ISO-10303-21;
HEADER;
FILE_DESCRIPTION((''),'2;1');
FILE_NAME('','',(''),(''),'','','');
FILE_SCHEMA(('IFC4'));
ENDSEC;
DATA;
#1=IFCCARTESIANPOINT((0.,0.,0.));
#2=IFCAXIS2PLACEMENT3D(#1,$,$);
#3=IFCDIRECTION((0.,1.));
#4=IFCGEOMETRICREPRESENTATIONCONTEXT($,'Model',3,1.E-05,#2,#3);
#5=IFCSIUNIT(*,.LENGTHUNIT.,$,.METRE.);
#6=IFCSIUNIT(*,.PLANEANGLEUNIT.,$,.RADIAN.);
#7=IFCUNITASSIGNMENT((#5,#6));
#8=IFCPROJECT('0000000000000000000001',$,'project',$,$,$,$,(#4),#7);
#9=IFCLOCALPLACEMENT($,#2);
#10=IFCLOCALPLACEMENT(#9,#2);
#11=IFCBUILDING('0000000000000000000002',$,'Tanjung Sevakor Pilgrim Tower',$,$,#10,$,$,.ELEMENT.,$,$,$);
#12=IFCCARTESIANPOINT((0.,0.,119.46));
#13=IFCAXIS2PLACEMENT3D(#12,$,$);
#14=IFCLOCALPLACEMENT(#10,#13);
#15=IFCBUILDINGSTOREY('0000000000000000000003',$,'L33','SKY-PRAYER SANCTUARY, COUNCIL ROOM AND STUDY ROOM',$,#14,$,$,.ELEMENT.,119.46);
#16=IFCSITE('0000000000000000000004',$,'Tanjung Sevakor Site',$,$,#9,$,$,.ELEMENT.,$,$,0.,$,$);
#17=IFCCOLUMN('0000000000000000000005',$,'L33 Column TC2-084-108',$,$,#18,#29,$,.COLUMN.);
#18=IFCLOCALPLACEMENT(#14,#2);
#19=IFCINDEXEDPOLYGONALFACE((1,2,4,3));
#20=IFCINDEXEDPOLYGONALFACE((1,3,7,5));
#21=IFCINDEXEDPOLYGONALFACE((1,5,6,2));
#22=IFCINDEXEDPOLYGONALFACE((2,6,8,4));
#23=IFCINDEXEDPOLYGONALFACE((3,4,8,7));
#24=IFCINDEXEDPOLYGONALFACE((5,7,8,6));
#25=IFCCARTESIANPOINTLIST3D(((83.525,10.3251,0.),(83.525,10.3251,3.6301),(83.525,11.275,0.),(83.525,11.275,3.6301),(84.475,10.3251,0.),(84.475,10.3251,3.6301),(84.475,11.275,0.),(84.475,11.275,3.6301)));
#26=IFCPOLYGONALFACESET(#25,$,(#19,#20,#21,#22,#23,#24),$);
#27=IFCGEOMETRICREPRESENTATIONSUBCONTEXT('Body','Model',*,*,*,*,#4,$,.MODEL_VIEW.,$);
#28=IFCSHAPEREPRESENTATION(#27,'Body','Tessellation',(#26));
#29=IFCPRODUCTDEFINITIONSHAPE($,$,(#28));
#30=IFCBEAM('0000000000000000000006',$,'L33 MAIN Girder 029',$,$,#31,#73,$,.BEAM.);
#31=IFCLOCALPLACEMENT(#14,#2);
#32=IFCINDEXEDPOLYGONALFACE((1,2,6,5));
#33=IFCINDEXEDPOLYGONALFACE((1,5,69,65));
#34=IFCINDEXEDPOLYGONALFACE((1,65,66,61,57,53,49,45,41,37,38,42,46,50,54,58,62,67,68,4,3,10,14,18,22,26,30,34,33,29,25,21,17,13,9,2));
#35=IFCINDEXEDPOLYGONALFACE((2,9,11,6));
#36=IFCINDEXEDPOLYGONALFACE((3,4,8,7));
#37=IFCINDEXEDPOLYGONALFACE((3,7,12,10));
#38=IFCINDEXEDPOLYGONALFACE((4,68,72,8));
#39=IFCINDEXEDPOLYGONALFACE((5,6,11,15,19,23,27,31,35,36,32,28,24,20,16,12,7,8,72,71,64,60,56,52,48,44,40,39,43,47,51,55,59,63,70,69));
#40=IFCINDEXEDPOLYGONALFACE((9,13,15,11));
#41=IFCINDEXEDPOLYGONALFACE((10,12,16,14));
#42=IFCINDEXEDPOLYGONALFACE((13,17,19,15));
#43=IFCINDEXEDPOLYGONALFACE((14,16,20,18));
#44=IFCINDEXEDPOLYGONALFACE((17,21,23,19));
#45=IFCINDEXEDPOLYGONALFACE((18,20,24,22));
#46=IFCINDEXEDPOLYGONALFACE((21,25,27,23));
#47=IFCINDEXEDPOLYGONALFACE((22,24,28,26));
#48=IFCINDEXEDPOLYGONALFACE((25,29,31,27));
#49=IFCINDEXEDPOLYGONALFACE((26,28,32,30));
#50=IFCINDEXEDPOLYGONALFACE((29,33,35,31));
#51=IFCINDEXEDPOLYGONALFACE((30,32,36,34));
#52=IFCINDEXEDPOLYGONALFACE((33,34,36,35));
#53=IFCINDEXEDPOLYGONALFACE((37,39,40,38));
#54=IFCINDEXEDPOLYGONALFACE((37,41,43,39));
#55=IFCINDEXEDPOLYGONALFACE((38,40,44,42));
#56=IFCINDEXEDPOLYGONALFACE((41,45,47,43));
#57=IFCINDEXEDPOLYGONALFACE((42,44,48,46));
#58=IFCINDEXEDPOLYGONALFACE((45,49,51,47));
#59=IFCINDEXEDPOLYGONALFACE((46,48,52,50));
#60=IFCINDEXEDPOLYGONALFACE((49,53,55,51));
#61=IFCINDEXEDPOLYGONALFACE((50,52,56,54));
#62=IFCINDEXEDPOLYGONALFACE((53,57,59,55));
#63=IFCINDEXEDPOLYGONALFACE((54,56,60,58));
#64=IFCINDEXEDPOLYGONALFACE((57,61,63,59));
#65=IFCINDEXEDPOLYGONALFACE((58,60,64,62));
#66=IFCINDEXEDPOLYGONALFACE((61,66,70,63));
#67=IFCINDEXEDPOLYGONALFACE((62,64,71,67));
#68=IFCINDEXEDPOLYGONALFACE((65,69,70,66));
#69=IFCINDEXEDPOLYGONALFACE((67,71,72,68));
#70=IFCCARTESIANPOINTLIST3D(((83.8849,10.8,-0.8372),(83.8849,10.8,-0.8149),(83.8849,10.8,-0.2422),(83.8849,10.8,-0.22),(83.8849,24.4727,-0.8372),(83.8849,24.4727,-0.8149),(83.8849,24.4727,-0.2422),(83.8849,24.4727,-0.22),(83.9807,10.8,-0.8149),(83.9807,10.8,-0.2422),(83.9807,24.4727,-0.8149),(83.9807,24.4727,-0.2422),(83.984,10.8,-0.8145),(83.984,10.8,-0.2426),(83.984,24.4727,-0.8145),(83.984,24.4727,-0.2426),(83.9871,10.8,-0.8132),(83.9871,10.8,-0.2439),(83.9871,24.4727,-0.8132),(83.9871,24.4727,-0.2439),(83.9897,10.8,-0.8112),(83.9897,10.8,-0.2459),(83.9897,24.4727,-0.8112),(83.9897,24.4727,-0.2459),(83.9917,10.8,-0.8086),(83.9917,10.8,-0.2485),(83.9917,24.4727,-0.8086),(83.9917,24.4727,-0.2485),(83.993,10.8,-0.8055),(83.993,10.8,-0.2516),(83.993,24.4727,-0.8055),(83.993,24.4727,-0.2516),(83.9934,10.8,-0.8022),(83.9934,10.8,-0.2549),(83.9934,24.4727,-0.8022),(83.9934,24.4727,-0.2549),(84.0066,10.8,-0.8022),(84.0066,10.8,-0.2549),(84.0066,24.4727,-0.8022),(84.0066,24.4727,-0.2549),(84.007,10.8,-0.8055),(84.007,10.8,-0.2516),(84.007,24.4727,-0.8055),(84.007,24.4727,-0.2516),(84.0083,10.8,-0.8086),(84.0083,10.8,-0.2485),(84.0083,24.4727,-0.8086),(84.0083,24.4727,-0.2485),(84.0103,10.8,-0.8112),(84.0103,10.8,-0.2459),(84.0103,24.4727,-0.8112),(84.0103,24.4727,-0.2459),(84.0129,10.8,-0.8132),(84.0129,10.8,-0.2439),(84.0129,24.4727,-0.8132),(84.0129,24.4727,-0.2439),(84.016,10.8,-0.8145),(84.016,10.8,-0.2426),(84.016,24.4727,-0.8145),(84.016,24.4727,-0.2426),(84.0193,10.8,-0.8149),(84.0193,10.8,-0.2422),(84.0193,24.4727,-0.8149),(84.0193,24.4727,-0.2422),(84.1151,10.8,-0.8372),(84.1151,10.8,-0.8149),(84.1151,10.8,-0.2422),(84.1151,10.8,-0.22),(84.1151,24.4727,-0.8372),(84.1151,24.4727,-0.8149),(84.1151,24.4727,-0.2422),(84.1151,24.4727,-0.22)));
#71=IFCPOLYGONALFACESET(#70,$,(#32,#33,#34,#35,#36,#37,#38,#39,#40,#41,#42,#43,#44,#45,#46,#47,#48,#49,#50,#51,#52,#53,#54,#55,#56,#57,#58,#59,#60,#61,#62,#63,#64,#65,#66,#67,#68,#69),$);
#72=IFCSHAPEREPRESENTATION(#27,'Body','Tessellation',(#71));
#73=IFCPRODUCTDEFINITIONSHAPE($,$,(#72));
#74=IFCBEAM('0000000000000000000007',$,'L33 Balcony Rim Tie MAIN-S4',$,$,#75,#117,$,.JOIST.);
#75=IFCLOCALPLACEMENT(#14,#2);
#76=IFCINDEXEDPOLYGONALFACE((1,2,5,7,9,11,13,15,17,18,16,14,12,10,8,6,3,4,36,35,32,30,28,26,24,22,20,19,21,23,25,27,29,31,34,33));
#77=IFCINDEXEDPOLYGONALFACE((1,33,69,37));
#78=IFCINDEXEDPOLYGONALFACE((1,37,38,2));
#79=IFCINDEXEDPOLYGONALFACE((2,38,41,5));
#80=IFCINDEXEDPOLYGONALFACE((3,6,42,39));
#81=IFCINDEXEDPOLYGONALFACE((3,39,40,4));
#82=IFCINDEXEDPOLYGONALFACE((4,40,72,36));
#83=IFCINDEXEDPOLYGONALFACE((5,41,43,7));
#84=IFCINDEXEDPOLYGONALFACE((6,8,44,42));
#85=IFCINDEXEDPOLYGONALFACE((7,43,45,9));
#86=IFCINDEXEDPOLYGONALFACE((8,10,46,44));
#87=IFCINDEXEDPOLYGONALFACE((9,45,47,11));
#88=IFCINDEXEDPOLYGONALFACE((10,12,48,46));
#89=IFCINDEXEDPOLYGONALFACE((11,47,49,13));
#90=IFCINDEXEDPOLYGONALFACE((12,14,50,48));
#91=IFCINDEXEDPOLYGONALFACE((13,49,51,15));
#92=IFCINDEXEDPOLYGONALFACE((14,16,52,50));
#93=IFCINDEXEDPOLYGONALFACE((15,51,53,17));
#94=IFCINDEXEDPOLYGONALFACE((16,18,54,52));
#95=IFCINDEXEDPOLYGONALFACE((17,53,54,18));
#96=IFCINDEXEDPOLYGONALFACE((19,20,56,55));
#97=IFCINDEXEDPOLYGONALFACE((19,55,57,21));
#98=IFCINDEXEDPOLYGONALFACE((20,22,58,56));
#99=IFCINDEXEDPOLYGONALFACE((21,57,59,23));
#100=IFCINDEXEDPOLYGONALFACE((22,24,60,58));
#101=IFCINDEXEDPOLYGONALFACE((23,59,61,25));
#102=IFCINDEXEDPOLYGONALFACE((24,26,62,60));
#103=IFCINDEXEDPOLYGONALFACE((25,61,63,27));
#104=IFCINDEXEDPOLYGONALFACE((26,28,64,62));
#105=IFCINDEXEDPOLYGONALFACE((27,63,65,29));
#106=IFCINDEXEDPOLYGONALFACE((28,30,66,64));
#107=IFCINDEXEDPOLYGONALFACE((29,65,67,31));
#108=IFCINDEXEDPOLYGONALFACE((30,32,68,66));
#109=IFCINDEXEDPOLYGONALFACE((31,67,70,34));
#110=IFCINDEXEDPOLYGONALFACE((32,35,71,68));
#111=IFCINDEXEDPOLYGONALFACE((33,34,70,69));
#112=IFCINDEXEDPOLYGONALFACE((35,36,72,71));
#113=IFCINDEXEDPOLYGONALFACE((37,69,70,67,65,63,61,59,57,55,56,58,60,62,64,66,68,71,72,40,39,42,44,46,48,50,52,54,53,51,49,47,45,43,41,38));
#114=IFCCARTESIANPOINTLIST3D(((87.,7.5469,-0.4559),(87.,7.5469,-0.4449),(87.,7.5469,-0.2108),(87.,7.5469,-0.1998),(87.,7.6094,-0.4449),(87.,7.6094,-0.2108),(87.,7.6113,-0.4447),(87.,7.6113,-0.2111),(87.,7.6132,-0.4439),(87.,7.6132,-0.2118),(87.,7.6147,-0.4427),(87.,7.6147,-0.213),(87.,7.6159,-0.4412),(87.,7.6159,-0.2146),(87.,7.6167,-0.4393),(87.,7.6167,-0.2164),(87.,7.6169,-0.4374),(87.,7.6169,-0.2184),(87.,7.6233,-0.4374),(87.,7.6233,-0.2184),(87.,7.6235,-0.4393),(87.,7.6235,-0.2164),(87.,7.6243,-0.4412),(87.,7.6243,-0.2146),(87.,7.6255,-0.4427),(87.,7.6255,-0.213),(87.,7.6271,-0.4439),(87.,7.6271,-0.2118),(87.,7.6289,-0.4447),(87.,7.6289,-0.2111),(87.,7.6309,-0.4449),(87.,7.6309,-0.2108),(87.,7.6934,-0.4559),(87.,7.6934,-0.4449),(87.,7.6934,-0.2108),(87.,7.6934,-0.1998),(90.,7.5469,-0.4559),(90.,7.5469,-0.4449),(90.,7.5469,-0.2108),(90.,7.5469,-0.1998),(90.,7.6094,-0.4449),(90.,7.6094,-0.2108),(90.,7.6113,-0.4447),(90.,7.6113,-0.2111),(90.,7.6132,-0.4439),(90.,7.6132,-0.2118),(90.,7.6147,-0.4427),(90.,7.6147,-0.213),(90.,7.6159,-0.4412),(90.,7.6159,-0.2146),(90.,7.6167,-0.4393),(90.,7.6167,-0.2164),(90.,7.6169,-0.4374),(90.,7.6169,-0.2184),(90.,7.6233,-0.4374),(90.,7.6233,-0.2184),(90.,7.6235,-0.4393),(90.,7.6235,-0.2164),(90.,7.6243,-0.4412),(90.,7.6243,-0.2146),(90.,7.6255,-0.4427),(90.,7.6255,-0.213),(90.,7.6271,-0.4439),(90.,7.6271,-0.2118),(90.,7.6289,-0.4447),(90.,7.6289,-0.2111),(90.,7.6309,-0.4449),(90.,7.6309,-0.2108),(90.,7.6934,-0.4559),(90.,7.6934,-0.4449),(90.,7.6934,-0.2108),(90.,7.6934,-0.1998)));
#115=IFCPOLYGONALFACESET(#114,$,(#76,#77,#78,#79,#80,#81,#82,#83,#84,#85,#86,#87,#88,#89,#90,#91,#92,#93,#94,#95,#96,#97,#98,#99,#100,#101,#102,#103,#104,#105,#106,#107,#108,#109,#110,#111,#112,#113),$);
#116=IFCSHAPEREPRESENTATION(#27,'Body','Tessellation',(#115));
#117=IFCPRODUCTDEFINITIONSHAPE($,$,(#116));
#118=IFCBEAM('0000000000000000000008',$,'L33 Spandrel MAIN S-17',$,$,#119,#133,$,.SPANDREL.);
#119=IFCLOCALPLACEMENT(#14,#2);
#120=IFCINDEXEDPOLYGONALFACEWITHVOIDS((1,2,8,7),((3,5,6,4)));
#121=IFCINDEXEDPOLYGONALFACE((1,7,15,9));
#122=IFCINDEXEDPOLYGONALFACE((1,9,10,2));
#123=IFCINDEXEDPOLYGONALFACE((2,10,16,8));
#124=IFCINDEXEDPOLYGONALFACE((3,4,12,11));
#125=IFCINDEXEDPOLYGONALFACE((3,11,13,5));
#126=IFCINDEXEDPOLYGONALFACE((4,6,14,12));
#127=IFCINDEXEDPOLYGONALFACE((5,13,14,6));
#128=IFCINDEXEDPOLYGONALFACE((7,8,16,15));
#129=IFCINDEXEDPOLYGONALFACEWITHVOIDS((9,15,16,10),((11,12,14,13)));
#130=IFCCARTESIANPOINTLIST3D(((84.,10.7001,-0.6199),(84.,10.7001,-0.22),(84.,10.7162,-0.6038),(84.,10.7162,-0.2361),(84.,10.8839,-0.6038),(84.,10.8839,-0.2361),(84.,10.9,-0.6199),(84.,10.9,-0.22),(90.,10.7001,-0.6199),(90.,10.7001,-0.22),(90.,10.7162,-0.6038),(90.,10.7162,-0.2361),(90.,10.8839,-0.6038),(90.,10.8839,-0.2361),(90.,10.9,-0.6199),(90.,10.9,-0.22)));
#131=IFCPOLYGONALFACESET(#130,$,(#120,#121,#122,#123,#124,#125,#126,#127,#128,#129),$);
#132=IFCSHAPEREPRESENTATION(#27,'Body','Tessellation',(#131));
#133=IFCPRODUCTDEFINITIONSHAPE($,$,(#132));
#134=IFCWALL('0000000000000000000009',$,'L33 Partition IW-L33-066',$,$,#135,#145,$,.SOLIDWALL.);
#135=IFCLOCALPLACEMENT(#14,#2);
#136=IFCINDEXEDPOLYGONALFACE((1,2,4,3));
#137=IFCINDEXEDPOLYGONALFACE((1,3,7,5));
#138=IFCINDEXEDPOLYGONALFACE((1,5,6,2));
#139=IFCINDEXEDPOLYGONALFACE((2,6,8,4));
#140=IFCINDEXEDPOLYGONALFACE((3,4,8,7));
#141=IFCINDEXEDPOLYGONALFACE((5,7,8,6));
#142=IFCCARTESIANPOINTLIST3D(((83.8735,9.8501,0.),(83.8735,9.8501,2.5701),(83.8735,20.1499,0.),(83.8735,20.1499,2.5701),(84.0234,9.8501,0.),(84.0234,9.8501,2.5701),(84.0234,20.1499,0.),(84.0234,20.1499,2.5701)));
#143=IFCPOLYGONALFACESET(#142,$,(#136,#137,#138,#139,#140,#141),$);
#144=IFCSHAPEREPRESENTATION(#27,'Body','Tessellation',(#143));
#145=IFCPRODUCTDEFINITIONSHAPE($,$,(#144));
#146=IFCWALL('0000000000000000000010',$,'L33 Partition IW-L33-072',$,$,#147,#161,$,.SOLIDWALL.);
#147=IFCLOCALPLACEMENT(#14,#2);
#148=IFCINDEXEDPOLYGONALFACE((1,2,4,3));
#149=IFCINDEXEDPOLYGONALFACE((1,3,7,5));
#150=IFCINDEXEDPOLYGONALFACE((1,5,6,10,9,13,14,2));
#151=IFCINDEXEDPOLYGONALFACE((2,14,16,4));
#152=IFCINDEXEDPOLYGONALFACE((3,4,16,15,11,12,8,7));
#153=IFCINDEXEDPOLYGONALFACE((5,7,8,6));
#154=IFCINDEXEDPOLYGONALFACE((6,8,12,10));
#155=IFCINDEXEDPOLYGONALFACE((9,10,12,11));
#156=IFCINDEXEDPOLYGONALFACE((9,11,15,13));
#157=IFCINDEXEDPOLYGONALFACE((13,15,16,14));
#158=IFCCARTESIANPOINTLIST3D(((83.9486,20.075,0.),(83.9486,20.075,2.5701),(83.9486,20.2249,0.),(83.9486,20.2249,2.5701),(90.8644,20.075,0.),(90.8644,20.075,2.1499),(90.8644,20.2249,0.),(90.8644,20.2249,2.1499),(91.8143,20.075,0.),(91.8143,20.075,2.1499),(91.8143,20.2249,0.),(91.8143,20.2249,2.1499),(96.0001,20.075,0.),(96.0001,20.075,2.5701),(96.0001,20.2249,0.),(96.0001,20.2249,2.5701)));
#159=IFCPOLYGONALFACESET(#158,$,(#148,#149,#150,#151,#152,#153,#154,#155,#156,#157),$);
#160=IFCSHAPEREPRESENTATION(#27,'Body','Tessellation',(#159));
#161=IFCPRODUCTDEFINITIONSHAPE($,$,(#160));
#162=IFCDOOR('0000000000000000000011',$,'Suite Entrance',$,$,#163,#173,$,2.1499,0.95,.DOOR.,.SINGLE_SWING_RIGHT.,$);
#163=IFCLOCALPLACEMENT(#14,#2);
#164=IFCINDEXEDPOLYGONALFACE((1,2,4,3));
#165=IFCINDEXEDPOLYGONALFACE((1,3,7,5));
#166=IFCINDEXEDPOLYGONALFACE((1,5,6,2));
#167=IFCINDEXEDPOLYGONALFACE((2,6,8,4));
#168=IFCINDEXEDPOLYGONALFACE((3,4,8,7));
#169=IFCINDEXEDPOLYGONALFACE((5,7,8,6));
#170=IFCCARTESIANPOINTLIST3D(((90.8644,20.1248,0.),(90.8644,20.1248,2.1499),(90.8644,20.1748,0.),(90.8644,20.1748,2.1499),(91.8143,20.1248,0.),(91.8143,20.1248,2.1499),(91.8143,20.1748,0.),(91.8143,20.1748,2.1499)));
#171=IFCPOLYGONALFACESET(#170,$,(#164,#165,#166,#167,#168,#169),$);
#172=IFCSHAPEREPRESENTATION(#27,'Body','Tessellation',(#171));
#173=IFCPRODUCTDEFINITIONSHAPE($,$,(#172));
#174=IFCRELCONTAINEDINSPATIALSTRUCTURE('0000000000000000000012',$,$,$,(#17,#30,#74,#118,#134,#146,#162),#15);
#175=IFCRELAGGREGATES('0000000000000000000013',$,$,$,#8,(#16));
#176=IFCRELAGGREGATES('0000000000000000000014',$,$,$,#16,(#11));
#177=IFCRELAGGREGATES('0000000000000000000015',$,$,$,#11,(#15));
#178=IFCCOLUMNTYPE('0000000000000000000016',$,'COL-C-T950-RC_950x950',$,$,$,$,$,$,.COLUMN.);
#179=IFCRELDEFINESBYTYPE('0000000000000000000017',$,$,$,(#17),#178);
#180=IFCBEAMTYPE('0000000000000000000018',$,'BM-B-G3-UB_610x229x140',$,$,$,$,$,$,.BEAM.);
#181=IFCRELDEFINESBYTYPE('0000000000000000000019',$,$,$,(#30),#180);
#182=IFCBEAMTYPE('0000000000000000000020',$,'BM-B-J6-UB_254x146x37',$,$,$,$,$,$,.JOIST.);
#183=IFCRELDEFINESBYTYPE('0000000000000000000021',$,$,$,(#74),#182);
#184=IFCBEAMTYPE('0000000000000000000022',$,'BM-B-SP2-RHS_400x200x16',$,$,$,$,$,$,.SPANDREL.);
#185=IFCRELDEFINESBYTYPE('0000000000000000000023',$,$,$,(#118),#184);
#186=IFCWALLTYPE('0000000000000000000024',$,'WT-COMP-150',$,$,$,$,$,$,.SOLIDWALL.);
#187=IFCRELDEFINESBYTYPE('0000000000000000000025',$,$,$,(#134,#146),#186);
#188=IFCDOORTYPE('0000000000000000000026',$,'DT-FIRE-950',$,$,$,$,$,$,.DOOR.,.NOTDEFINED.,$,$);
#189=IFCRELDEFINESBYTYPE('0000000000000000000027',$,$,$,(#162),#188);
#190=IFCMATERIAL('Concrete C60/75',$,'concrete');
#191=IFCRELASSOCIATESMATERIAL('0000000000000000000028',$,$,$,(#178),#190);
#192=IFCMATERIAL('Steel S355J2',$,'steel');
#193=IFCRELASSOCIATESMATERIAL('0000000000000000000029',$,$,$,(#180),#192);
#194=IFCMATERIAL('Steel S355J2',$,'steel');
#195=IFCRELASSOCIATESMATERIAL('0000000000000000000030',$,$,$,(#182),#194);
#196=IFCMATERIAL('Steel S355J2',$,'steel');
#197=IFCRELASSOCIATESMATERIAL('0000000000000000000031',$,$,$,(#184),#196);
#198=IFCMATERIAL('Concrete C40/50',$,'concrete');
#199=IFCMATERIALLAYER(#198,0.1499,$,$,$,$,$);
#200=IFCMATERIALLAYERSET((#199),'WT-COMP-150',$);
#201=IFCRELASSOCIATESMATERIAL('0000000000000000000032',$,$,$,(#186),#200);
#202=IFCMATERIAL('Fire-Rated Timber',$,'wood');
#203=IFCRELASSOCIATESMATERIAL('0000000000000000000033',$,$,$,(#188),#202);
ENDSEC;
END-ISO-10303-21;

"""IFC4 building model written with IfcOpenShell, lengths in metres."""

from ifc_helpers import new_model, si_unit, direction, frame, frame_2d, origin, origin_2d, place, context, subcontext, project, spatial, rectangle, hollow_rectangle, i_section, extrude, material, layer, layer_set, material_profile, profile_set, type_object, element, fill, save


model = new_model("IFC4")

# Units and contexts
model_context = context("Model", 3, precision=1e-05, world=origin(), true_north=direction((0.0, 1.0)))
body_context = subcontext(model_context, "Body", "Model", "MODEL_VIEW")
ifc_project = project(units=[si_unit("LENGTHUNIT", "METRE"), si_unit("PLANEANGLEUNIT", "RADIAN")], contexts=[model_context])

# Site, building, storey
site_placement = place(None, origin())
site = spatial("IfcSite", under=ifc_project, at=site_placement, Name="Tanjung Sevakor Site", CompositionType="ELEMENT", RefElevation=0.0)
building_placement = place(site_placement, origin())
building = spatial("IfcBuilding", under=site, at=building_placement, Name="Tanjung Sevakor Pilgrim Tower", CompositionType="ELEMENT")
storey_placement = place(building_placement, frame((0.0, 0.0, 119.46)))
storey = spatial("IfcBuildingStorey", under=building, at=storey_placement, Name="L33", Description="SKY-PRAYER SANCTUARY, COUNCIL ROOM AND STUDY ROOM", CompositionType="ELEMENT", Elevation=119.46)

# Column
ifc_material_1 = material(Name="Concrete C60/75", Category="concrete")
ifc_material_profile_1 = material_profile(ifc_material_1, rectangle(XDim=0.95, YDim=0.95, at=origin_2d()))
ifc_profile_set_1 = profile_set([ifc_material_profile_1], Name="Concrete C60/75")
column_type = type_object("IfcColumnType", Name="COL-C-T950-RC_950x950", PredefinedType="COLUMN", material=ifc_profile_set_1)
column_placement = place(storey_placement, frame((84.0, 10.8, 0.0), z_axis=(0.0, 0.0, 1.0), x_axis=(1.0, 0.0, 0.0)))
element("IfcColumn", 1, at=column_placement, inside=storey, type_object=column_type, Name="L33 Column TC2-084-108", PredefinedType="COLUMN", context=body_context, shape_type="SweptSolid", body=[
    extrude(rectangle(XDim=0.95, YDim=0.95, at=origin_2d()), origin(), (0.0, 0.0, 1.0), 3.6301),
])

# Beams
ifc_material_2 = material(Name="Steel S355J2", Category="steel")
ifc_material_profile_2 = material_profile(ifc_material_2, i_section(OverallWidth=0.2302, OverallDepth=0.6172, WebThickness=0.0132, FlangeThickness=0.0222, FilletRadius=0.0127, at=origin_2d()))
ifc_profile_set_2 = profile_set([ifc_material_profile_2], Name="Steel S355J2")
beam_type_1 = type_object("IfcBeamType", Name="BM-B-G3-UB_610x229x140", PredefinedType="BEAM", material=ifc_profile_set_2)
beam_1_placement = place(storey_placement, frame((84.0, 10.8, -0.5286), z_axis=(0.0, 1.0, 0.0), x_axis=(-1.0, 0.0, 0.0)))
element("IfcBeam", 2, at=beam_1_placement, inside=storey, type_object=beam_type_1, Name="L33 MAIN Girder 029", PredefinedType="BEAM", context=body_context, shape_type="SweptSolid", body=[
    extrude(i_section(OverallWidth=0.2302, OverallDepth=0.6172, WebThickness=0.0132, FlangeThickness=0.0222, FilletRadius=0.0127, at=origin_2d()), origin(), (0.0, 0.0, 1.0), 13.6726),
])
ifc_material_3 = material(Name="Steel S355J2", Category="steel")
ifc_material_profile_3 = material_profile(ifc_material_3, i_section(OverallWidth=0.1465, OverallDepth=0.2561, WebThickness=0.0063, FlangeThickness=0.011, FilletRadius=0.0076, at=origin_2d()))
ifc_profile_set_3 = profile_set([ifc_material_profile_3], Name="Steel S355J2")
beam_type_2 = type_object("IfcBeamType", Name="BM-B-J6-UB_254x146x37", PredefinedType="JOIST", material=ifc_profile_set_3)
beam_2_placement = place(storey_placement, frame((87.0, 7.6201, -0.3279), z_axis=(1.0, 0.0, 0.0), x_axis=(0.0, 1.0, 0.0)))
element("IfcBeam", 3, at=beam_2_placement, inside=storey, type_object=beam_type_2, Name="L33 Balcony Rim Tie MAIN-S4", PredefinedType="JOIST", context=body_context, shape_type="SweptSolid", body=[
    extrude(i_section(OverallWidth=0.1465, OverallDepth=0.2561, WebThickness=0.0063, FlangeThickness=0.011, FilletRadius=0.0076, at=origin_2d()), origin(), (0.0, 0.0, 1.0), 3.0),
])
ifc_material_4 = material(Name="Steel S355J2", Category="steel")
ifc_material_profile_4 = material_profile(ifc_material_4, hollow_rectangle(XDim=0.2, YDim=0.3999, WallThickness=0.0161, at=origin_2d()))
ifc_profile_set_4 = profile_set([ifc_material_profile_4], Name="Steel S355J2")
beam_type_3 = type_object("IfcBeamType", Name="BM-B-SP2-RHS_400x200x16", PredefinedType="SPANDREL", material=ifc_profile_set_4)
beam_3_placement = place(storey_placement, frame((84.0, 10.8, -0.4199), z_axis=(1.0, 0.0, 0.0), x_axis=(0.0, 1.0, 0.0)))
element("IfcBeam", 4, at=beam_3_placement, inside=storey, type_object=beam_type_3, Name="L33 Spandrel MAIN S-17", PredefinedType="SPANDREL", context=body_context, shape_type="SweptSolid", body=[
    extrude(hollow_rectangle(XDim=0.2, YDim=0.3999, WallThickness=0.0161, at=origin_2d()), origin(), (0.0, 0.0, 1.0), 6.0),
])

# Wall
ifc_material_5 = material(Name="Concrete C40/50", Category="concrete")
ifc_layer_1 = layer(ifc_material_5, 0.1499)
ifc_layer_set_1 = layer_set([ifc_layer_1], Name="WT-COMP-150")
wall_type_1 = type_object("IfcWallType", Name="WT-COMP-150", PredefinedType="SOLIDWALL", material=ifc_layer_set_1)
wall_1_placement = place(storey_placement, frame((83.9485, 9.8501, 0.0), z_axis=(0.0, 0.0, 1.0), x_axis=(0.0, 1.0, 0.0)))
element("IfcWall", 5, at=wall_1_placement, inside=storey, type_object=wall_type_1, Name="L33 Partition IW-L33-066", PredefinedType="SOLIDWALL", context=body_context, shape_type="SweptSolid", body=[
    extrude(rectangle(XDim=10.2998, YDim=0.1499, at=frame_2d((5.1499, 0.0))), origin(), (0.0, 0.0, 1.0), 2.5701),
])

# Wall, opening, door
wall_2_placement = place(storey_placement, frame((83.9485, 20.1499, 0.0), z_axis=(0.0, 0.0, 1.0), x_axis=(1.0, 0.0, 0.0)))
wall_2 = element("IfcWall", 6, at=wall_2_placement, inside=storey, type_object=wall_type_1, Name="L33 Partition IW-L33-072", PredefinedType="SOLIDWALL", context=body_context, shape_type="SweptSolid", body=[
    extrude(rectangle(XDim=12.0515, YDim=0.1499, at=frame_2d((6.0259, 0.0))), origin(), (0.0, 0.0, 1.0), 2.5701),
])
opening_1_placement = place(wall_2_placement, frame((6.9158, 0.0, 0.0)))
opening_1 = element("IfcOpeningElement", 7, at=opening_1_placement, cuts=wall_2, PredefinedType="OPENING", context=body_context, shape_type="SweptSolid", body=[
    extrude(rectangle(XDim=0.95, YDim=2.1499, at=frame_2d((0.4751, 1.075))), frame((0.0, 0.085, 0.0), z_axis=(0.0, -1.0, 0.0), x_axis=(1.0, 0.0, 0.0)), (0.0, 0.0, 1.0), 0.1699),
])
ifc_material_6 = material(Name="Fire-Rated Timber", Category="wood")
door_type_1 = type_object("IfcDoorType", Name="DT-FIRE-950", OperationType="NOTDEFINED", PredefinedType="DOOR", material=ifc_material_6)
door_1_placement = place(opening_1_placement, origin())
door_1 = element("IfcDoor", 8, at=door_1_placement, inside=storey, type_object=door_type_1, Name="Suite Entrance", OperationType="SINGLE_SWING_RIGHT", OverallHeight=2.1499, OverallWidth=0.95, PredefinedType="DOOR", context=body_context, shape_type="SweptSolid", body=[
    extrude(rectangle(XDim=0.95, YDim=2.1499, at=frame_2d((0.4751, 1.075))), frame((0.0, 0.0249, 0.0), z_axis=(0.0, -1.0, 0.0), x_axis=(1.0, 0.0, 0.0)), (0.0, 0.0, 1.0), 0.05),
])
fill(opening_1, door_1)

save(model, "model.ifc")
